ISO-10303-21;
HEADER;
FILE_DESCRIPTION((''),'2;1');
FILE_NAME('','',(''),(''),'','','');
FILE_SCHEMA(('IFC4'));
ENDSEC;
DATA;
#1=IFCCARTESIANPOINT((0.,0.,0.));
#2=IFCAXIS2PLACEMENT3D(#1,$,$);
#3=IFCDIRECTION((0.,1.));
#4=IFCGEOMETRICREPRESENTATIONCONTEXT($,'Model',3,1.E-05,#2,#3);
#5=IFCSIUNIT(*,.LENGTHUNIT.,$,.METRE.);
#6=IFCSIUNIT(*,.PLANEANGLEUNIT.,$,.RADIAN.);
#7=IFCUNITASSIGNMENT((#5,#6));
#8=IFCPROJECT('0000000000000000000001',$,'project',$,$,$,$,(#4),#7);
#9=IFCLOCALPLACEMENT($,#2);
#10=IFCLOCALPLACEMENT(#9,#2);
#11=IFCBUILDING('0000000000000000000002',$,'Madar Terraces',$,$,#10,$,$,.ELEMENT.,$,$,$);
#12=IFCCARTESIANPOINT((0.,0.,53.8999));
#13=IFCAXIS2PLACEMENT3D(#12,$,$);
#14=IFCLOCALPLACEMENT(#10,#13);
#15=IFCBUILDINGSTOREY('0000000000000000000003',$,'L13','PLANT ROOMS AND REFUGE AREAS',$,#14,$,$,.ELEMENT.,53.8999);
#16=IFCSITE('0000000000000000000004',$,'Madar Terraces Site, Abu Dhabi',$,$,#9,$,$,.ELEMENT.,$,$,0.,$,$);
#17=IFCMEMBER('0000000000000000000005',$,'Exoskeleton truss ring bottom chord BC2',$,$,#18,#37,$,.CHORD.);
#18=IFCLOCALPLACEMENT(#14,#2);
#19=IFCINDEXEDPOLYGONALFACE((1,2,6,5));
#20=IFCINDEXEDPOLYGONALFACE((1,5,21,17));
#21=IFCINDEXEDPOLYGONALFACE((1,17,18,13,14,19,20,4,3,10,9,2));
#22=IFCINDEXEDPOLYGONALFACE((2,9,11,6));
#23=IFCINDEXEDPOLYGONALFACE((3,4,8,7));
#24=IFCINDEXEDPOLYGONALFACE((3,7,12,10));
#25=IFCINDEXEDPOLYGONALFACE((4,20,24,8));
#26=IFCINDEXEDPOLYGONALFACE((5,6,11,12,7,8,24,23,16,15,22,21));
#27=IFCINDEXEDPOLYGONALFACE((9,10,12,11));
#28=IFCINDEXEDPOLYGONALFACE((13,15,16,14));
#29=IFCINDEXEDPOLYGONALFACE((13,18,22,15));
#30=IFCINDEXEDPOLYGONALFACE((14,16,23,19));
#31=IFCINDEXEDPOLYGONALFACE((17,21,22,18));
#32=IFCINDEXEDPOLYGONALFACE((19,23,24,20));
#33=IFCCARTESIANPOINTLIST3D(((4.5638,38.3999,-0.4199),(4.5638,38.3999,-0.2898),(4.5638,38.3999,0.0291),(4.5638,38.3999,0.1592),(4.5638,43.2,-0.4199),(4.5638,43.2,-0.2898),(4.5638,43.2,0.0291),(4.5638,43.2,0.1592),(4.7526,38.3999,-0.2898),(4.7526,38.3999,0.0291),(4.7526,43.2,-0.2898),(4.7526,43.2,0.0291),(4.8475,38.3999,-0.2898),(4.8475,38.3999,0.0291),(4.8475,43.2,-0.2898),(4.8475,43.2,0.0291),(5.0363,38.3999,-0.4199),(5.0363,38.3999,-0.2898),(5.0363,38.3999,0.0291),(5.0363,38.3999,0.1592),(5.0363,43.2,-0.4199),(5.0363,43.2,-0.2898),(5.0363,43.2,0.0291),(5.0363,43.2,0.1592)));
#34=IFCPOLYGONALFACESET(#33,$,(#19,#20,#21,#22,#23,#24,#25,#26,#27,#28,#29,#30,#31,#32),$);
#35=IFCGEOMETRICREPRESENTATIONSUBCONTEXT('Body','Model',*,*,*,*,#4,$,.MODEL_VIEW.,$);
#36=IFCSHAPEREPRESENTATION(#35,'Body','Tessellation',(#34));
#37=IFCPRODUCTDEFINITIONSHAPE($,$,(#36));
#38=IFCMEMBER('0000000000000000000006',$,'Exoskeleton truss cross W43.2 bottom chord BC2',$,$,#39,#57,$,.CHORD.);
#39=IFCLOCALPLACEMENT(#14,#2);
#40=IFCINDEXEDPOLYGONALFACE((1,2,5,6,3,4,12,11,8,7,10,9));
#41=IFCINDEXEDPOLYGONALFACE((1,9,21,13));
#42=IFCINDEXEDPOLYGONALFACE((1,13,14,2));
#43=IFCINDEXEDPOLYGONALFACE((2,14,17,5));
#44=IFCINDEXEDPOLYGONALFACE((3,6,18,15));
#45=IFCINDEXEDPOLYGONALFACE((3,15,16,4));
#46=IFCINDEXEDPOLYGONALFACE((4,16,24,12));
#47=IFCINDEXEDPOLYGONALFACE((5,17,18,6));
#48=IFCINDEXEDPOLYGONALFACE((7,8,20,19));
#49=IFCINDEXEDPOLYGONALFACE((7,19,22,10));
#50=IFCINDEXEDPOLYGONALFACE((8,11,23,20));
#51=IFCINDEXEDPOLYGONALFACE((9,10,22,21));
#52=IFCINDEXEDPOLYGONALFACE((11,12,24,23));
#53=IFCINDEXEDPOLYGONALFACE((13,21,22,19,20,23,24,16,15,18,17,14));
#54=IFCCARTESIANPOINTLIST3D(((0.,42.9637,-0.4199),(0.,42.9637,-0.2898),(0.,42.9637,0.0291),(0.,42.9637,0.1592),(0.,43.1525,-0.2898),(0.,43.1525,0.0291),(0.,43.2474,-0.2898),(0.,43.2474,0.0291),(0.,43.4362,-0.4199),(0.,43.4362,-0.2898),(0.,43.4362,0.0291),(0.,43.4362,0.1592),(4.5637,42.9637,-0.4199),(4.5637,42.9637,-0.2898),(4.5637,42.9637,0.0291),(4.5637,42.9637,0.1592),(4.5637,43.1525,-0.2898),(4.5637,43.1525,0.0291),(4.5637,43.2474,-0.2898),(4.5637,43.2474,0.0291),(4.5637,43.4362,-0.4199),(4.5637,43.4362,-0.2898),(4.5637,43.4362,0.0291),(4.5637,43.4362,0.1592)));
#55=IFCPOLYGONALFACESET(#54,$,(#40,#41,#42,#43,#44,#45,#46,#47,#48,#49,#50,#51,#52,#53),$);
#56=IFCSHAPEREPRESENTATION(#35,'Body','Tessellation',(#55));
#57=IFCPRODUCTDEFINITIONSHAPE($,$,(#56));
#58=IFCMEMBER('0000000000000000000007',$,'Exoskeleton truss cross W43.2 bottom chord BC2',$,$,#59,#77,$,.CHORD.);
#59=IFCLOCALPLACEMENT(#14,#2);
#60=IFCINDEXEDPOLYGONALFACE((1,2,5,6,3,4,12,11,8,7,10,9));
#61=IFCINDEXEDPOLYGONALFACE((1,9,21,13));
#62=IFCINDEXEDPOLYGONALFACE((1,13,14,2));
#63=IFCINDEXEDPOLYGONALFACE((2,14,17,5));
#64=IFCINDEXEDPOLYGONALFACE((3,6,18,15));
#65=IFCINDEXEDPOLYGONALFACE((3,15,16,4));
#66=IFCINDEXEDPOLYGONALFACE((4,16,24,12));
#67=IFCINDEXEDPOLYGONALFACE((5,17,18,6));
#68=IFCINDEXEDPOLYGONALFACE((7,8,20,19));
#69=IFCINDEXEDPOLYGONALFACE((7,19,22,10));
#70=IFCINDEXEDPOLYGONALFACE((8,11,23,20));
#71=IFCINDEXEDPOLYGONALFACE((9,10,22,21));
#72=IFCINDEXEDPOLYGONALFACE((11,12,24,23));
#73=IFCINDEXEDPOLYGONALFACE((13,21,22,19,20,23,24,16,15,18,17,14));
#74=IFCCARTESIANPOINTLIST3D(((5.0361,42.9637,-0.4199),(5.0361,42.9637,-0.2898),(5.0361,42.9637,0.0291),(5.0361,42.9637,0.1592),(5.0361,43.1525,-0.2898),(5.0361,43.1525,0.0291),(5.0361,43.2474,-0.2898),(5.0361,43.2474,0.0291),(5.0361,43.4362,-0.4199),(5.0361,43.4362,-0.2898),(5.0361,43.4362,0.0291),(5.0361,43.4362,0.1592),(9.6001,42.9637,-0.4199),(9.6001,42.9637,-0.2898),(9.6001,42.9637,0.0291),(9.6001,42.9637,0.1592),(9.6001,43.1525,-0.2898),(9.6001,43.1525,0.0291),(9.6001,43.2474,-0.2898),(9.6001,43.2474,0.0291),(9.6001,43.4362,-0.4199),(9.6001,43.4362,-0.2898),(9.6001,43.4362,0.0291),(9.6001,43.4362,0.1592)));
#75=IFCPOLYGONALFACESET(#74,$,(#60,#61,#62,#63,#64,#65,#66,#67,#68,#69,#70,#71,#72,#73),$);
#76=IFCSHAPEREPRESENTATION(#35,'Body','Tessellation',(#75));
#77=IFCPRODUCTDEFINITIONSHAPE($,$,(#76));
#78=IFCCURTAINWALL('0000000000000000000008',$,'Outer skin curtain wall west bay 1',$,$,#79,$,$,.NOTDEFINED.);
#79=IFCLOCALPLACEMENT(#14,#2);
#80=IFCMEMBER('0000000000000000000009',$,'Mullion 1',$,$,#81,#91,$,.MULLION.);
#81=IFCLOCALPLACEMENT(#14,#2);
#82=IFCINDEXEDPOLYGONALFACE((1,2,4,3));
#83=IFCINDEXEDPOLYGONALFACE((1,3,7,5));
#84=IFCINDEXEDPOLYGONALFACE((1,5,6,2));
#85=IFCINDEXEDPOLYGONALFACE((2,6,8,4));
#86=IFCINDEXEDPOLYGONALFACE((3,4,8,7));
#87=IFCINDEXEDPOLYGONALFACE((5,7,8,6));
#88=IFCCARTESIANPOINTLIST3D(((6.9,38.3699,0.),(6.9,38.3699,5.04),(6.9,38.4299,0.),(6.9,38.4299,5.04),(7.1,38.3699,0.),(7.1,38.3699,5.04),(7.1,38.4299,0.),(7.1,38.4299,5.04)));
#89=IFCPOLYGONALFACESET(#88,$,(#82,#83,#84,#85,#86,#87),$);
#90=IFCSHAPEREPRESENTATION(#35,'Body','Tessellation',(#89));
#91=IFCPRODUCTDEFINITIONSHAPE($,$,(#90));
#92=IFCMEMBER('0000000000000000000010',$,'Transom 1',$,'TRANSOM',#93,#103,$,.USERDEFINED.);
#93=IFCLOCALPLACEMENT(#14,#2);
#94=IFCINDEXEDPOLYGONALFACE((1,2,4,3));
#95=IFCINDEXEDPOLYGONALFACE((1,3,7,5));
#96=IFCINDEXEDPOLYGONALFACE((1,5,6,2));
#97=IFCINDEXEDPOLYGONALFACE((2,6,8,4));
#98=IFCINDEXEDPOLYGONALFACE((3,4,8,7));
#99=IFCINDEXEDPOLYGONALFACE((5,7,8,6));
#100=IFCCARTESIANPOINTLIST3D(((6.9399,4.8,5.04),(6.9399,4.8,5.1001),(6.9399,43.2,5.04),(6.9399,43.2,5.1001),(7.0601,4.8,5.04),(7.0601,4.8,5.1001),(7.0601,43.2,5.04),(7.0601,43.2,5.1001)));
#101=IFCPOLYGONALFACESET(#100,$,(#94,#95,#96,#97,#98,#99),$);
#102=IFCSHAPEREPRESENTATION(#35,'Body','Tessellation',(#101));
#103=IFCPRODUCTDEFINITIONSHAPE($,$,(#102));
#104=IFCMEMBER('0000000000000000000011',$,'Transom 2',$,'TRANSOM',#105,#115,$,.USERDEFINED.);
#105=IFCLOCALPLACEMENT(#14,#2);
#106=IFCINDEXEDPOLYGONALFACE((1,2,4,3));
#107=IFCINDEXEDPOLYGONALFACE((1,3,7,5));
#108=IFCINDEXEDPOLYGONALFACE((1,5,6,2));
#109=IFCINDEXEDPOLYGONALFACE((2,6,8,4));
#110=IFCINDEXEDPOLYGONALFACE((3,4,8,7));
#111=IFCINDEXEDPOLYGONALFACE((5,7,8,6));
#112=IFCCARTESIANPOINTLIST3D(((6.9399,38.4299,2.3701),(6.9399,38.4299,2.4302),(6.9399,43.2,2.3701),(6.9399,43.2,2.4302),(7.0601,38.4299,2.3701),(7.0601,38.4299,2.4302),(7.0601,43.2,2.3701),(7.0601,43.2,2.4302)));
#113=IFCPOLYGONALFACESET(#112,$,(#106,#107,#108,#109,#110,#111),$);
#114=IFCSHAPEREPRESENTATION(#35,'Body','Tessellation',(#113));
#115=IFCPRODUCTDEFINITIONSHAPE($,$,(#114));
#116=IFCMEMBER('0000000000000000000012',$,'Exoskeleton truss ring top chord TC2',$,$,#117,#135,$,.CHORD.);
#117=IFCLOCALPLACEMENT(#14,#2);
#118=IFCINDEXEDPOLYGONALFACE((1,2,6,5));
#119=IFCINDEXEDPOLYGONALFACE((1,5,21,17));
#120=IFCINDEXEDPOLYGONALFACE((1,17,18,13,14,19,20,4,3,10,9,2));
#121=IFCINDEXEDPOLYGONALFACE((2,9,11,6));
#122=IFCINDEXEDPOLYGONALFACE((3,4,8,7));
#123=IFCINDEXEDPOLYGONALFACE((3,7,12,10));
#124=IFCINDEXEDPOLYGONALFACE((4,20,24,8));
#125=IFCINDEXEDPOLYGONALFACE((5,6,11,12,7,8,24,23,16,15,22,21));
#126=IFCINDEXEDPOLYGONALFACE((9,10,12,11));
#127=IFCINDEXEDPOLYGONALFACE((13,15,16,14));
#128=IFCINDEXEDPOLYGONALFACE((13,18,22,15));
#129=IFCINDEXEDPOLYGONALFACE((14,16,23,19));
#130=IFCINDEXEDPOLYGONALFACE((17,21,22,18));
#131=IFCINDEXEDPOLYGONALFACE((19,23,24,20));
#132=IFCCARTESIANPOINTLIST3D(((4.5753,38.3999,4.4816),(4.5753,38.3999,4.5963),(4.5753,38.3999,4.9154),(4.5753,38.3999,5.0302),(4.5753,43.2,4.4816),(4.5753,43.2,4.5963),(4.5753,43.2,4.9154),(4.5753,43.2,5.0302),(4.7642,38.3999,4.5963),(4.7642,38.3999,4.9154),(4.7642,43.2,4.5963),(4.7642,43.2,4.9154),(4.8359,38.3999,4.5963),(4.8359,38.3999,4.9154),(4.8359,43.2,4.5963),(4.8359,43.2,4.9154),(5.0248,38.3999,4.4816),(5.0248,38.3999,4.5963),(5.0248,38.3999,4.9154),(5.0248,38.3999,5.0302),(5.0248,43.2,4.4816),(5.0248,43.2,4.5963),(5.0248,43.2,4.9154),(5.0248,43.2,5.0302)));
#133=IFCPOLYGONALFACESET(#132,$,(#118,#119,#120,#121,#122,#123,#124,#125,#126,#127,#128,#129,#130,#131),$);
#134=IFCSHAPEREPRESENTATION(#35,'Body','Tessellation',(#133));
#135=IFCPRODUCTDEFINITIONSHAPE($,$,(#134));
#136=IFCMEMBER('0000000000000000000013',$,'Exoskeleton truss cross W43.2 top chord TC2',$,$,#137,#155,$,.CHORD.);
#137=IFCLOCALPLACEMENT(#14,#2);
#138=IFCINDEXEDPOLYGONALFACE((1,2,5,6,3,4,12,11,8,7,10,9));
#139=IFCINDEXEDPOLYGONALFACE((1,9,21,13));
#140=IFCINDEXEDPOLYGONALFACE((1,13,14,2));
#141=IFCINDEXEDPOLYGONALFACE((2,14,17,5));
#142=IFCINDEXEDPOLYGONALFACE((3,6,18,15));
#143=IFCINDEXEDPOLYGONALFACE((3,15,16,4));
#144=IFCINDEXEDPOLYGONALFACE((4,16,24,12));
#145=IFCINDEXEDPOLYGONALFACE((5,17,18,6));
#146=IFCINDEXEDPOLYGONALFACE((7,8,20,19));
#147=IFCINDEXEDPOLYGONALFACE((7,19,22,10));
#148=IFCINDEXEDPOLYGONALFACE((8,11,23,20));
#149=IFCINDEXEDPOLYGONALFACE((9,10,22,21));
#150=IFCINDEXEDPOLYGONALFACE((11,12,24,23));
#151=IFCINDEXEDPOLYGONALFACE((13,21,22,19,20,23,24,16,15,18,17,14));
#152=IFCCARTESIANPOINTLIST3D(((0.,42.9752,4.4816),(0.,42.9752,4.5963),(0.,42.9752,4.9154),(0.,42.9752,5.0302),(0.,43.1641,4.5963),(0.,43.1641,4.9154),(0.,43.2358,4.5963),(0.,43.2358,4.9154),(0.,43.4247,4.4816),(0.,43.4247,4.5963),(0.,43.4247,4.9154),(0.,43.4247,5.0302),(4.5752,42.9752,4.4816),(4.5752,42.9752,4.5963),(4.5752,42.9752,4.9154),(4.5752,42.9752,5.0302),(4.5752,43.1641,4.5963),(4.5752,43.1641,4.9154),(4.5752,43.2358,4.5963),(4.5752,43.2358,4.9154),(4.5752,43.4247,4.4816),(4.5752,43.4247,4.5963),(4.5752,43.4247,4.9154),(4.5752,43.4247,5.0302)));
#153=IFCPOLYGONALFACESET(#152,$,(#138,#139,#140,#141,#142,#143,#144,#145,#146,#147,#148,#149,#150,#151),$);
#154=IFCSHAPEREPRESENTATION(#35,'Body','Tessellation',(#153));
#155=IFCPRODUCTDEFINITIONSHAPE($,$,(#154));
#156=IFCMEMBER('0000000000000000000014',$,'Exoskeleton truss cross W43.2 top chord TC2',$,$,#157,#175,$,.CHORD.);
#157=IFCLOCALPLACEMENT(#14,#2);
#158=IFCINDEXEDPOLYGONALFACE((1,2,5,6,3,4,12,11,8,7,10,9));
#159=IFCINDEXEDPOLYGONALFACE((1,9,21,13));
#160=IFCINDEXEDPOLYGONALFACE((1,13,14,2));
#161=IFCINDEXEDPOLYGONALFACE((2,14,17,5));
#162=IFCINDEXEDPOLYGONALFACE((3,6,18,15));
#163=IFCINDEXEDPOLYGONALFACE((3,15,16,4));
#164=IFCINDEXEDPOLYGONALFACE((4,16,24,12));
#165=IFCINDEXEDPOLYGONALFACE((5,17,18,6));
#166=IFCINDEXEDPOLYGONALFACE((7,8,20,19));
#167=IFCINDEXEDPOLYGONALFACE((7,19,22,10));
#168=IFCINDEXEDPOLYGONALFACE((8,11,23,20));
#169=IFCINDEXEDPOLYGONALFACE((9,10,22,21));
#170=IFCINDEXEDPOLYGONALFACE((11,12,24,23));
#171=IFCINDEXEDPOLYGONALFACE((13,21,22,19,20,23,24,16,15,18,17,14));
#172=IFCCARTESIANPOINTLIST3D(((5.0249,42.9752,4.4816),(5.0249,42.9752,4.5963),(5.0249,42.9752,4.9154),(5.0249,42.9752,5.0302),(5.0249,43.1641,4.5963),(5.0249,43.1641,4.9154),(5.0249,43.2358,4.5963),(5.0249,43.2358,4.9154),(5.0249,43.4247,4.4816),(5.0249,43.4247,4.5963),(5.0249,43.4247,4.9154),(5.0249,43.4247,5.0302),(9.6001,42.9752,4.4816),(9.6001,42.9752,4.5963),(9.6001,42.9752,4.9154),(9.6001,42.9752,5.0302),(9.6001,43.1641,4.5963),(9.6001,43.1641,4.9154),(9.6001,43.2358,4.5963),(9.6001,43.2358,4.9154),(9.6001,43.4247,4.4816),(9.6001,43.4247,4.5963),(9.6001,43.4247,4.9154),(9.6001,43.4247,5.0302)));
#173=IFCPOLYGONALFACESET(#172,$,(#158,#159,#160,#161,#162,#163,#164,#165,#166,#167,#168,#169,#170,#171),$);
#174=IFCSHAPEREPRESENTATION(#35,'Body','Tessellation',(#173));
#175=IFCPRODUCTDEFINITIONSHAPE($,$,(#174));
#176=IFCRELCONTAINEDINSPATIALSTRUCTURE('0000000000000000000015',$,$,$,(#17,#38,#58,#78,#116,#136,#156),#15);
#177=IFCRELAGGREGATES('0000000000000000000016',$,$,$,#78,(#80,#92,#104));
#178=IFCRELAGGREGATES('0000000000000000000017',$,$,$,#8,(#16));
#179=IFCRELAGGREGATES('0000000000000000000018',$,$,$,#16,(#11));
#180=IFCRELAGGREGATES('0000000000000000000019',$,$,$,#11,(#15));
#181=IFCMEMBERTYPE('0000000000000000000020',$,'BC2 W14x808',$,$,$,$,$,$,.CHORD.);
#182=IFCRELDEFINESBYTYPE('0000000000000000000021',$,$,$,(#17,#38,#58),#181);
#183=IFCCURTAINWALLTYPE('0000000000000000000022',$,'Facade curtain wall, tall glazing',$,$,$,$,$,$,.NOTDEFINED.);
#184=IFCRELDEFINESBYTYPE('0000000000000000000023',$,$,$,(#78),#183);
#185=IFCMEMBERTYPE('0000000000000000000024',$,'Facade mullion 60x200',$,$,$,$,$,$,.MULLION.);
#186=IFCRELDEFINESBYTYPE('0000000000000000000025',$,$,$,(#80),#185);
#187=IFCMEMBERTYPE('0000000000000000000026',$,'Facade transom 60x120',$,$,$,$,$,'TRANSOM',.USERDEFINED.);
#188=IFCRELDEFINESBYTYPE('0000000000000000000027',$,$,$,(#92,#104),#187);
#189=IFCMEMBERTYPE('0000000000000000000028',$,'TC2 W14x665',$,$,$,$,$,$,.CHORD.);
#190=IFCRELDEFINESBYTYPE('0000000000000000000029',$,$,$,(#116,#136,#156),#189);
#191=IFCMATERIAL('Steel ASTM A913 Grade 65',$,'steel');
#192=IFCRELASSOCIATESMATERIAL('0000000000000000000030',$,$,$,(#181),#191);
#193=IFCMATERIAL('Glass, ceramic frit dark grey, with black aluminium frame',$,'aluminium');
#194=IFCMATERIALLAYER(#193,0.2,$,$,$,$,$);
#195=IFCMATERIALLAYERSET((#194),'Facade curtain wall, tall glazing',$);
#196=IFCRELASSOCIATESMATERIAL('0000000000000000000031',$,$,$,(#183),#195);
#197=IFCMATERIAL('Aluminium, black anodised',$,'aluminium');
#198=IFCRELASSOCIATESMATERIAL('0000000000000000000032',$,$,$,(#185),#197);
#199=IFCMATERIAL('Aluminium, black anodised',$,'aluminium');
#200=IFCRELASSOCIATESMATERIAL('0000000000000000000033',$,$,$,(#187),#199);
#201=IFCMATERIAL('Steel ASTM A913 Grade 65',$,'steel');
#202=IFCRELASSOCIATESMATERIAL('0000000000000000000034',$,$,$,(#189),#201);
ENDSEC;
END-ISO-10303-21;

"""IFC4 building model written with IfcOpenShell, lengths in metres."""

from ifc_helpers import new_model, si_unit, direction, frame, origin, origin_2d, place, context, subcontext, project, spatial, rectangle, i_section, extrude, material, layer, layer_set, material_profile, profile_set, type_object, element, aggregate, save


model = new_model("IFC4")

# Units and contexts
model_context = context("Model", 3, precision=1e-05, world=origin(), true_north=direction((0.0, 1.0)))
body_context = subcontext(model_context, "Body", "Model", "MODEL_VIEW")
ifc_project = project(units=[si_unit("LENGTHUNIT", "METRE"), si_unit("PLANEANGLEUNIT", "RADIAN")], contexts=[model_context])

# Site, building, storey
site_placement = place(None, origin())
site = spatial("IfcSite", under=ifc_project, at=site_placement, Name="Madar Terraces Site, Abu Dhabi", CompositionType="ELEMENT", RefElevation=0.0)
building_placement = place(site_placement, origin())
building = spatial("IfcBuilding", under=site, at=building_placement, Name="Madar Terraces", CompositionType="ELEMENT")
storey_placement = place(building_placement, frame((0.0, 0.0, 53.8999)))
storey = spatial("IfcBuildingStorey", under=building, at=storey_placement, Name="L13", Description="PLANT ROOMS AND REFUGE AREAS", CompositionType="ELEMENT", Elevation=53.8999)

# Members
ifc_material_1 = material(Name="Steel ASTM A913 Grade 65", Category="steel")
ifc_material_profile_1 = material_profile(ifc_material_1, i_section(OverallWidth=0.4724, OverallDepth=0.5791, WebThickness=0.095, FlangeThickness=0.1301, at=origin_2d()), Name="W14x808")
ifc_profile_set_1 = profile_set([ifc_material_profile_1], Name="Steel ASTM A913 Grade 65")
member_type_1 = type_object("IfcMemberType", Name="BC2 W14x808", PredefinedType="CHORD", material=ifc_profile_set_1)
member_1_placement = place(storey_placement, frame((4.8, 43.2, -0.1304), z_axis=(0.0, -1.0, 0.0), x_axis=(1.0, 0.0, 0.0)))
element("IfcMember", 1, at=member_1_placement, inside=storey, type_object=member_type_1, Name="Exoskeleton truss ring bottom chord BC2", PredefinedType="CHORD", context=body_context, shape_type="SweptSolid", body=[
    extrude(i_section(OverallWidth=0.4724, OverallDepth=0.5791, WebThickness=0.095, FlangeThickness=0.1301, at=origin_2d()), origin(), (0.0, 0.0, 1.0), 4.8),
])
member_2_placement = place(storey_placement, frame((0.0, 43.2, -0.1304), z_axis=(1.0, 0.0, 0.0), x_axis=(0.0, 1.0, 0.0)))
element("IfcMember", 2, at=member_2_placement, inside=storey, type_object=member_type_1, Name="Exoskeleton truss cross W43.2 bottom chord BC2", PredefinedType="CHORD", context=body_context, shape_type="SweptSolid", body=[
    extrude(i_section(OverallWidth=0.4724, OverallDepth=0.5791, WebThickness=0.095, FlangeThickness=0.1301, at=origin_2d()), origin(), (0.0, 0.0, 1.0), 4.5637),
])
member_3_placement = place(storey_placement, frame((5.0361, 43.2, -0.1304), z_axis=(1.0, 0.0, 0.0), x_axis=(0.0, 1.0, 0.0)))
element("IfcMember", 3, at=member_3_placement, inside=storey, type_object=member_type_1, Name="Exoskeleton truss cross W43.2 bottom chord BC2", PredefinedType="CHORD", context=body_context, shape_type="SweptSolid", body=[
    extrude(i_section(OverallWidth=0.4724, OverallDepth=0.5791, WebThickness=0.095, FlangeThickness=0.1301, at=origin_2d()), origin(), (0.0, 0.0, 1.0), 4.564),
])

# Curtain wall, members
ifc_material_2 = material(Name="Glass, ceramic frit dark grey, with black aluminium frame", Category="aluminium")
ifc_layer_1 = layer(ifc_material_2, 0.2)
ifc_layer_set_1 = layer_set([ifc_layer_1], Name="Facade curtain wall, tall glazing")
curtain_wall_type = type_object("IfcCurtainWallType", Name="Facade curtain wall, tall glazing", PredefinedType="NOTDEFINED", material=ifc_layer_set_1)
curtain_wall_placement = place(storey_placement, origin())
curtain_wall = element("IfcCurtainWall", 4, at=curtain_wall_placement, inside=storey, type_object=curtain_wall_type, Name="Outer skin curtain wall west bay 1", PredefinedType="NOTDEFINED")
ifc_material_3 = material(Name="Aluminium, black anodised", Category="aluminium")
ifc_material_profile_2 = material_profile(ifc_material_3, rectangle(XDim=0.2, YDim=0.0601, at=origin_2d()), Name="Facade mullion 60x200")
ifc_profile_set_2 = profile_set([ifc_material_profile_2], Name="Aluminium, black anodised")
member_type_2 = type_object("IfcMemberType", Name="Facade mullion 60x200", PredefinedType="MULLION", material=ifc_profile_set_2)
member_4_placement = place(storey_placement, frame((7.0, 38.3999, 0.0), z_axis=(0.0, 0.0, 1.0), x_axis=(1.0, 0.0, 0.0)))
member_4 = element("IfcMember", 5, at=member_4_placement, type_object=member_type_2, Name="Mullion 1", PredefinedType="MULLION", context=body_context, shape_type="SweptSolid", body=[
    extrude(rectangle(XDim=0.2, YDim=0.0601, at=origin_2d()), origin(), (0.0, 0.0, 1.0), 5.04),
])
ifc_material_4 = material(Name="Aluminium, black anodised", Category="aluminium")
ifc_material_profile_3 = material_profile(ifc_material_4, rectangle(XDim=0.1201, YDim=0.0601, at=origin_2d()), Name="Facade transom 60x120")
ifc_profile_set_3 = profile_set([ifc_material_profile_3], Name="Aluminium, black anodised")
member_type_3 = type_object("IfcMemberType", Name="Facade transom 60x120", ElementType="TRANSOM", PredefinedType="USERDEFINED", material=ifc_profile_set_3)
member_5_placement = place(storey_placement, frame((7.0, 43.2, 5.0701), z_axis=(0.0, -1.0, 0.0), x_axis=(1.0, 0.0, 0.0)))
member_5 = element("IfcMember", 6, at=member_5_placement, type_object=member_type_3, Name="Transom 1", ObjectType="TRANSOM", PredefinedType="USERDEFINED", context=body_context, shape_type="SweptSolid", body=[
    extrude(rectangle(XDim=0.1201, YDim=0.0601, at=origin_2d()), origin(), (0.0, 0.0, 1.0), 38.3999),
])
member_6_placement = place(storey_placement, frame((7.0, 43.2, 2.4001), z_axis=(0.0, -1.0, 0.0), x_axis=(1.0, 0.0, 0.0)))
member_6 = element("IfcMember", 7, at=member_6_placement, type_object=member_type_3, Name="Transom 2", ObjectType="TRANSOM", PredefinedType="USERDEFINED", context=body_context, shape_type="SweptSolid", body=[
    extrude(rectangle(XDim=0.1201, YDim=0.0601, at=origin_2d()), origin(), (0.0, 0.0, 1.0), 4.77),
])

# Members
ifc_material_5 = material(Name="Steel ASTM A913 Grade 65", Category="steel")
ifc_material_profile_4 = material_profile(ifc_material_5, i_section(OverallWidth=0.4495, OverallDepth=0.5486, WebThickness=0.0718, FlangeThickness=0.1147, at=origin_2d()), Name="W14x665")
ifc_profile_set_4 = profile_set([ifc_material_profile_4], Name="Steel ASTM A913 Grade 65")
member_type_4 = type_object("IfcMemberType", Name="TC2 W14x665", PredefinedType="CHORD", material=ifc_profile_set_4)
member_7_placement = place(storey_placement, frame((4.8, 43.2, 4.7559), z_axis=(0.0, -1.0, 0.0), x_axis=(1.0, 0.0, 0.0)))
element("IfcMember", 8, at=member_7_placement, inside=storey, type_object=member_type_4, Name="Exoskeleton truss ring top chord TC2", PredefinedType="CHORD", context=body_context, shape_type="SweptSolid", body=[
    extrude(i_section(OverallWidth=0.4495, OverallDepth=0.5486, WebThickness=0.0718, FlangeThickness=0.1147, at=origin_2d()), origin(), (0.0, 0.0, 1.0), 4.8),
])
for number, where, z_axis, x_axis, name in (
    (9, (0.0, 43.2, 4.7559), (1.0, 0.0, 0.0), (0.0, 1.0, 0.0), "Exoskeleton truss cross W43.2 top chord TC2"),
    (10, (5.0249, 43.2, 4.7559), (1.0, 0.0, 0.0), (0.0, 1.0, 0.0), "Exoskeleton truss cross W43.2 top chord TC2"),
):
    element("IfcMember", number, at=place(storey_placement, frame(where, z_axis=z_axis, x_axis=x_axis)), inside=storey, type_object=member_type_4, Name=name, PredefinedType="CHORD", context=body_context, shape_type="SweptSolid", body=[
        extrude(i_section(OverallWidth=0.4495, OverallDepth=0.5486, WebThickness=0.0718, FlangeThickness=0.1147, at=origin_2d()), origin(), (0.0, 0.0, 1.0), 4.5752),
    ])

aggregate(curtain_wall, [member_4, member_5, member_6])

save(model, "model.ifc")
